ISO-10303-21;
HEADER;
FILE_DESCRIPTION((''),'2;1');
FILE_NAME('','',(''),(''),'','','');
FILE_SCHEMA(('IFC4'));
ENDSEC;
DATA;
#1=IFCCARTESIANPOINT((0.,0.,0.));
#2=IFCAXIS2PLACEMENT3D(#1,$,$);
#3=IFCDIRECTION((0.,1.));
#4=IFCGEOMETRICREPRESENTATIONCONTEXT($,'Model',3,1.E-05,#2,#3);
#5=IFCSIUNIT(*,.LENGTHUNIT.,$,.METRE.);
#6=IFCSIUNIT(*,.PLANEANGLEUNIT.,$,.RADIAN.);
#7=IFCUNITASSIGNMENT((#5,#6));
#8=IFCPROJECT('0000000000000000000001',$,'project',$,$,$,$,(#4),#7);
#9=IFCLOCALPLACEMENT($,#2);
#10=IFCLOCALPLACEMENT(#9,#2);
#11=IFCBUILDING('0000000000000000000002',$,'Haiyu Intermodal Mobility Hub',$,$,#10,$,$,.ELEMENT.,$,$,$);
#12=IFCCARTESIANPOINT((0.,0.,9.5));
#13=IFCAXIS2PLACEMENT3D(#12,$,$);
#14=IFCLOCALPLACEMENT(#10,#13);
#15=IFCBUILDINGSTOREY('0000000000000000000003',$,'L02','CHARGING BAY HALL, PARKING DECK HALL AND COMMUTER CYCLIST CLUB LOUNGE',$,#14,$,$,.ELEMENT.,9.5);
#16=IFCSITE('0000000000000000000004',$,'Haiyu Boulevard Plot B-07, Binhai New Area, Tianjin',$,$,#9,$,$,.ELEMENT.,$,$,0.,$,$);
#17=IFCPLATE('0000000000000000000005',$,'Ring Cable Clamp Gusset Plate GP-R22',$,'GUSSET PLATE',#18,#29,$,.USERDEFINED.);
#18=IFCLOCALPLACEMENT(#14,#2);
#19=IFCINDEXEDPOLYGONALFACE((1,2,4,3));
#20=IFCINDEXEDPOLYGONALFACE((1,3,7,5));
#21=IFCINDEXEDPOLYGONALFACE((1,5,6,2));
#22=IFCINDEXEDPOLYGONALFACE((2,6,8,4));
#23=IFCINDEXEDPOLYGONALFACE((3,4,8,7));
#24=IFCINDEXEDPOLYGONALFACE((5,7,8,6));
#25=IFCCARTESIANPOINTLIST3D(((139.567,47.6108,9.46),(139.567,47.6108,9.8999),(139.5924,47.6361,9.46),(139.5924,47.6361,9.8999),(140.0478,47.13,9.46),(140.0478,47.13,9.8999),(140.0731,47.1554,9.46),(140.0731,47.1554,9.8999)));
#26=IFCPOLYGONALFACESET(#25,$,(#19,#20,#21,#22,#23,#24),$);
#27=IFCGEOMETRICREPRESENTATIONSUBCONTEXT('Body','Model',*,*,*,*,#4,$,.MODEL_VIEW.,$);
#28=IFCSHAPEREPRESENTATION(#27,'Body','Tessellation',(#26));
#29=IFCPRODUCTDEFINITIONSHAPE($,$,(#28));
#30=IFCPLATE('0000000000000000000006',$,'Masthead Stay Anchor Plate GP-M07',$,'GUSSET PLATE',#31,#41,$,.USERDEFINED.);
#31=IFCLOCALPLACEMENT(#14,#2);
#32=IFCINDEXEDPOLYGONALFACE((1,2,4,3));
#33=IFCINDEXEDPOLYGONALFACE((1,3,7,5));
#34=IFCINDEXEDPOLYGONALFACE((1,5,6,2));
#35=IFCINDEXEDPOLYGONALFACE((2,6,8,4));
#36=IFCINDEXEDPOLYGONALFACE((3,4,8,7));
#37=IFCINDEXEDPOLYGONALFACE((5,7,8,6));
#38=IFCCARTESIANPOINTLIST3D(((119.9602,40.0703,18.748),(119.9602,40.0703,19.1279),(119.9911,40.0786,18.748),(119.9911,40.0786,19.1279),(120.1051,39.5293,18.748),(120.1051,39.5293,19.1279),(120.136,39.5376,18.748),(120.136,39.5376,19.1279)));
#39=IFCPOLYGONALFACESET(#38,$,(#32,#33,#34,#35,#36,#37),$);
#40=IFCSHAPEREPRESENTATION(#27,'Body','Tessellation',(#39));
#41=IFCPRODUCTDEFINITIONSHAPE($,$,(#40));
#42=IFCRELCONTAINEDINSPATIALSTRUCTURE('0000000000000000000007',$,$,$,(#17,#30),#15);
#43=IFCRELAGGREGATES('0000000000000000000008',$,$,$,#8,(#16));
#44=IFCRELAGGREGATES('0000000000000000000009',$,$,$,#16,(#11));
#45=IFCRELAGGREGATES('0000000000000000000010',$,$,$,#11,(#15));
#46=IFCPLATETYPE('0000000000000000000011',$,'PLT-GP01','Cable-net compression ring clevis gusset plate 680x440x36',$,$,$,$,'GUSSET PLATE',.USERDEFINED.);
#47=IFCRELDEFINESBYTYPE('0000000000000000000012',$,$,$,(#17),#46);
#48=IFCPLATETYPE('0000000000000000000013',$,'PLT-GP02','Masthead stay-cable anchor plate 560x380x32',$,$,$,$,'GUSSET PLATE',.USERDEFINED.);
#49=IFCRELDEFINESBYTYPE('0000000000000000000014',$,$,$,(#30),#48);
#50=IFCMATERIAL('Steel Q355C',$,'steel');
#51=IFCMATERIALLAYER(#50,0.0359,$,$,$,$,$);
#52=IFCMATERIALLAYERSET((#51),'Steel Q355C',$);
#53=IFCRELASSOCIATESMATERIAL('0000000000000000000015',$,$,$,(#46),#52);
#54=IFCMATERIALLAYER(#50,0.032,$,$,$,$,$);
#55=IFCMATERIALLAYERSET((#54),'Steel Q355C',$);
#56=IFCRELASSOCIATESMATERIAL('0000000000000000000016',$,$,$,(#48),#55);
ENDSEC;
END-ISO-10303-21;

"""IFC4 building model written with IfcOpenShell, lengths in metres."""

from ifc_helpers import new_model, si_unit, direction, frame, origin, origin_2d, place, context, subcontext, project, spatial, rectangle, extrude, material, layer, layer_set, type_object, element, save


model = new_model("IFC4")

# Units and contexts
model_context = context("Model", 3, precision=1e-05, world=origin(), true_north=direction((0.0, 1.0)))
body_context = subcontext(model_context, "Body", "Model", "MODEL_VIEW")
ifc_project = project(units=[si_unit("LENGTHUNIT", "METRE"), si_unit("PLANEANGLEUNIT", "RADIAN")], contexts=[model_context])

# Site, building, storey
site_placement = place(None, origin())
site = spatial("IfcSite", under=ifc_project, at=site_placement, Name="Haiyu Boulevard Plot B-07, Binhai New Area, Tianjin", CompositionType="ELEMENT", RefElevation=0.0)
building_placement = place(site_placement, origin())
building = spatial("IfcBuilding", under=site, at=building_placement, Name="Haiyu Intermodal Mobility Hub", CompositionType="ELEMENT")
storey_placement = place(building_placement, frame((0.0, 0.0, 9.5)))
storey = spatial("IfcBuildingStorey", under=building, at=storey_placement, Name="L02", Description="CHARGING BAY HALL, PARKING DECK HALL AND COMMUTER CYCLIST CLUB LOUNGE", CompositionType="ELEMENT", Elevation=9.5)

# Shared definitions
ifc_material_1 = material(Name="Steel Q355C", Category="steel")

# Plates
ifc_layer_1 = layer(ifc_material_1, 0.0359)
ifc_layer_set_1 = layer_set([ifc_layer_1], Name="Steel Q355C")
plate_type_1 = type_object("IfcPlateType", Name="PLT-GP01", Description="Cable-net compression ring clevis gusset plate 680x440x36", ElementType="GUSSET PLATE", PredefinedType="USERDEFINED", material=ifc_layer_set_1)
for number, where, z_axis, x_axis, name in (
    (1, (139.8201, 47.3831, 9.46), (0.0, 0.0, 1.0), (0.707107, -0.707107, 0.0), "Ring Cable Clamp Gusset Plate GP-R22"),
):
    element("IfcPlate", number, at=place(storey_placement, frame(where, z_axis=z_axis, x_axis=x_axis)), inside=storey, type_object=plate_type_1, Name=name, ObjectType="GUSSET PLATE", PredefinedType="USERDEFINED", context=body_context, shape_type="SweptSolid", body=[
        extrude(rectangle(XDim=0.6799, YDim=0.0359, at=origin_2d()), origin(), (0.0, 0.0, 1.0), 0.4399),
    ])
ifc_layer_2 = layer(ifc_material_1, 0.032)
ifc_layer_set_2 = layer_set([ifc_layer_2], Name="Steel Q355C")
plate_type_2 = type_object("IfcPlateType", Name="PLT-GP02", Description="Masthead stay-cable anchor plate 560x380x32", ElementType="GUSSET PLATE", PredefinedType="USERDEFINED", material=ifc_layer_set_2)
plate_placement = place(storey_placement, frame((120.0481, 39.804, 18.748), z_axis=(0.0, 0.0, 1.0), x_axis=(0.258819, -0.965926, 0.0)))
element("IfcPlate", 2, at=plate_placement, inside=storey, type_object=plate_type_2, Name="Masthead Stay Anchor Plate GP-M07", ObjectType="GUSSET PLATE", PredefinedType="USERDEFINED", context=body_context, shape_type="SweptSolid", body=[
    extrude(rectangle(XDim=0.5601, YDim=0.032, at=origin_2d()), origin(), (0.0, 0.0, 1.0), 0.3799),
])

save(model, "model.ifc")
